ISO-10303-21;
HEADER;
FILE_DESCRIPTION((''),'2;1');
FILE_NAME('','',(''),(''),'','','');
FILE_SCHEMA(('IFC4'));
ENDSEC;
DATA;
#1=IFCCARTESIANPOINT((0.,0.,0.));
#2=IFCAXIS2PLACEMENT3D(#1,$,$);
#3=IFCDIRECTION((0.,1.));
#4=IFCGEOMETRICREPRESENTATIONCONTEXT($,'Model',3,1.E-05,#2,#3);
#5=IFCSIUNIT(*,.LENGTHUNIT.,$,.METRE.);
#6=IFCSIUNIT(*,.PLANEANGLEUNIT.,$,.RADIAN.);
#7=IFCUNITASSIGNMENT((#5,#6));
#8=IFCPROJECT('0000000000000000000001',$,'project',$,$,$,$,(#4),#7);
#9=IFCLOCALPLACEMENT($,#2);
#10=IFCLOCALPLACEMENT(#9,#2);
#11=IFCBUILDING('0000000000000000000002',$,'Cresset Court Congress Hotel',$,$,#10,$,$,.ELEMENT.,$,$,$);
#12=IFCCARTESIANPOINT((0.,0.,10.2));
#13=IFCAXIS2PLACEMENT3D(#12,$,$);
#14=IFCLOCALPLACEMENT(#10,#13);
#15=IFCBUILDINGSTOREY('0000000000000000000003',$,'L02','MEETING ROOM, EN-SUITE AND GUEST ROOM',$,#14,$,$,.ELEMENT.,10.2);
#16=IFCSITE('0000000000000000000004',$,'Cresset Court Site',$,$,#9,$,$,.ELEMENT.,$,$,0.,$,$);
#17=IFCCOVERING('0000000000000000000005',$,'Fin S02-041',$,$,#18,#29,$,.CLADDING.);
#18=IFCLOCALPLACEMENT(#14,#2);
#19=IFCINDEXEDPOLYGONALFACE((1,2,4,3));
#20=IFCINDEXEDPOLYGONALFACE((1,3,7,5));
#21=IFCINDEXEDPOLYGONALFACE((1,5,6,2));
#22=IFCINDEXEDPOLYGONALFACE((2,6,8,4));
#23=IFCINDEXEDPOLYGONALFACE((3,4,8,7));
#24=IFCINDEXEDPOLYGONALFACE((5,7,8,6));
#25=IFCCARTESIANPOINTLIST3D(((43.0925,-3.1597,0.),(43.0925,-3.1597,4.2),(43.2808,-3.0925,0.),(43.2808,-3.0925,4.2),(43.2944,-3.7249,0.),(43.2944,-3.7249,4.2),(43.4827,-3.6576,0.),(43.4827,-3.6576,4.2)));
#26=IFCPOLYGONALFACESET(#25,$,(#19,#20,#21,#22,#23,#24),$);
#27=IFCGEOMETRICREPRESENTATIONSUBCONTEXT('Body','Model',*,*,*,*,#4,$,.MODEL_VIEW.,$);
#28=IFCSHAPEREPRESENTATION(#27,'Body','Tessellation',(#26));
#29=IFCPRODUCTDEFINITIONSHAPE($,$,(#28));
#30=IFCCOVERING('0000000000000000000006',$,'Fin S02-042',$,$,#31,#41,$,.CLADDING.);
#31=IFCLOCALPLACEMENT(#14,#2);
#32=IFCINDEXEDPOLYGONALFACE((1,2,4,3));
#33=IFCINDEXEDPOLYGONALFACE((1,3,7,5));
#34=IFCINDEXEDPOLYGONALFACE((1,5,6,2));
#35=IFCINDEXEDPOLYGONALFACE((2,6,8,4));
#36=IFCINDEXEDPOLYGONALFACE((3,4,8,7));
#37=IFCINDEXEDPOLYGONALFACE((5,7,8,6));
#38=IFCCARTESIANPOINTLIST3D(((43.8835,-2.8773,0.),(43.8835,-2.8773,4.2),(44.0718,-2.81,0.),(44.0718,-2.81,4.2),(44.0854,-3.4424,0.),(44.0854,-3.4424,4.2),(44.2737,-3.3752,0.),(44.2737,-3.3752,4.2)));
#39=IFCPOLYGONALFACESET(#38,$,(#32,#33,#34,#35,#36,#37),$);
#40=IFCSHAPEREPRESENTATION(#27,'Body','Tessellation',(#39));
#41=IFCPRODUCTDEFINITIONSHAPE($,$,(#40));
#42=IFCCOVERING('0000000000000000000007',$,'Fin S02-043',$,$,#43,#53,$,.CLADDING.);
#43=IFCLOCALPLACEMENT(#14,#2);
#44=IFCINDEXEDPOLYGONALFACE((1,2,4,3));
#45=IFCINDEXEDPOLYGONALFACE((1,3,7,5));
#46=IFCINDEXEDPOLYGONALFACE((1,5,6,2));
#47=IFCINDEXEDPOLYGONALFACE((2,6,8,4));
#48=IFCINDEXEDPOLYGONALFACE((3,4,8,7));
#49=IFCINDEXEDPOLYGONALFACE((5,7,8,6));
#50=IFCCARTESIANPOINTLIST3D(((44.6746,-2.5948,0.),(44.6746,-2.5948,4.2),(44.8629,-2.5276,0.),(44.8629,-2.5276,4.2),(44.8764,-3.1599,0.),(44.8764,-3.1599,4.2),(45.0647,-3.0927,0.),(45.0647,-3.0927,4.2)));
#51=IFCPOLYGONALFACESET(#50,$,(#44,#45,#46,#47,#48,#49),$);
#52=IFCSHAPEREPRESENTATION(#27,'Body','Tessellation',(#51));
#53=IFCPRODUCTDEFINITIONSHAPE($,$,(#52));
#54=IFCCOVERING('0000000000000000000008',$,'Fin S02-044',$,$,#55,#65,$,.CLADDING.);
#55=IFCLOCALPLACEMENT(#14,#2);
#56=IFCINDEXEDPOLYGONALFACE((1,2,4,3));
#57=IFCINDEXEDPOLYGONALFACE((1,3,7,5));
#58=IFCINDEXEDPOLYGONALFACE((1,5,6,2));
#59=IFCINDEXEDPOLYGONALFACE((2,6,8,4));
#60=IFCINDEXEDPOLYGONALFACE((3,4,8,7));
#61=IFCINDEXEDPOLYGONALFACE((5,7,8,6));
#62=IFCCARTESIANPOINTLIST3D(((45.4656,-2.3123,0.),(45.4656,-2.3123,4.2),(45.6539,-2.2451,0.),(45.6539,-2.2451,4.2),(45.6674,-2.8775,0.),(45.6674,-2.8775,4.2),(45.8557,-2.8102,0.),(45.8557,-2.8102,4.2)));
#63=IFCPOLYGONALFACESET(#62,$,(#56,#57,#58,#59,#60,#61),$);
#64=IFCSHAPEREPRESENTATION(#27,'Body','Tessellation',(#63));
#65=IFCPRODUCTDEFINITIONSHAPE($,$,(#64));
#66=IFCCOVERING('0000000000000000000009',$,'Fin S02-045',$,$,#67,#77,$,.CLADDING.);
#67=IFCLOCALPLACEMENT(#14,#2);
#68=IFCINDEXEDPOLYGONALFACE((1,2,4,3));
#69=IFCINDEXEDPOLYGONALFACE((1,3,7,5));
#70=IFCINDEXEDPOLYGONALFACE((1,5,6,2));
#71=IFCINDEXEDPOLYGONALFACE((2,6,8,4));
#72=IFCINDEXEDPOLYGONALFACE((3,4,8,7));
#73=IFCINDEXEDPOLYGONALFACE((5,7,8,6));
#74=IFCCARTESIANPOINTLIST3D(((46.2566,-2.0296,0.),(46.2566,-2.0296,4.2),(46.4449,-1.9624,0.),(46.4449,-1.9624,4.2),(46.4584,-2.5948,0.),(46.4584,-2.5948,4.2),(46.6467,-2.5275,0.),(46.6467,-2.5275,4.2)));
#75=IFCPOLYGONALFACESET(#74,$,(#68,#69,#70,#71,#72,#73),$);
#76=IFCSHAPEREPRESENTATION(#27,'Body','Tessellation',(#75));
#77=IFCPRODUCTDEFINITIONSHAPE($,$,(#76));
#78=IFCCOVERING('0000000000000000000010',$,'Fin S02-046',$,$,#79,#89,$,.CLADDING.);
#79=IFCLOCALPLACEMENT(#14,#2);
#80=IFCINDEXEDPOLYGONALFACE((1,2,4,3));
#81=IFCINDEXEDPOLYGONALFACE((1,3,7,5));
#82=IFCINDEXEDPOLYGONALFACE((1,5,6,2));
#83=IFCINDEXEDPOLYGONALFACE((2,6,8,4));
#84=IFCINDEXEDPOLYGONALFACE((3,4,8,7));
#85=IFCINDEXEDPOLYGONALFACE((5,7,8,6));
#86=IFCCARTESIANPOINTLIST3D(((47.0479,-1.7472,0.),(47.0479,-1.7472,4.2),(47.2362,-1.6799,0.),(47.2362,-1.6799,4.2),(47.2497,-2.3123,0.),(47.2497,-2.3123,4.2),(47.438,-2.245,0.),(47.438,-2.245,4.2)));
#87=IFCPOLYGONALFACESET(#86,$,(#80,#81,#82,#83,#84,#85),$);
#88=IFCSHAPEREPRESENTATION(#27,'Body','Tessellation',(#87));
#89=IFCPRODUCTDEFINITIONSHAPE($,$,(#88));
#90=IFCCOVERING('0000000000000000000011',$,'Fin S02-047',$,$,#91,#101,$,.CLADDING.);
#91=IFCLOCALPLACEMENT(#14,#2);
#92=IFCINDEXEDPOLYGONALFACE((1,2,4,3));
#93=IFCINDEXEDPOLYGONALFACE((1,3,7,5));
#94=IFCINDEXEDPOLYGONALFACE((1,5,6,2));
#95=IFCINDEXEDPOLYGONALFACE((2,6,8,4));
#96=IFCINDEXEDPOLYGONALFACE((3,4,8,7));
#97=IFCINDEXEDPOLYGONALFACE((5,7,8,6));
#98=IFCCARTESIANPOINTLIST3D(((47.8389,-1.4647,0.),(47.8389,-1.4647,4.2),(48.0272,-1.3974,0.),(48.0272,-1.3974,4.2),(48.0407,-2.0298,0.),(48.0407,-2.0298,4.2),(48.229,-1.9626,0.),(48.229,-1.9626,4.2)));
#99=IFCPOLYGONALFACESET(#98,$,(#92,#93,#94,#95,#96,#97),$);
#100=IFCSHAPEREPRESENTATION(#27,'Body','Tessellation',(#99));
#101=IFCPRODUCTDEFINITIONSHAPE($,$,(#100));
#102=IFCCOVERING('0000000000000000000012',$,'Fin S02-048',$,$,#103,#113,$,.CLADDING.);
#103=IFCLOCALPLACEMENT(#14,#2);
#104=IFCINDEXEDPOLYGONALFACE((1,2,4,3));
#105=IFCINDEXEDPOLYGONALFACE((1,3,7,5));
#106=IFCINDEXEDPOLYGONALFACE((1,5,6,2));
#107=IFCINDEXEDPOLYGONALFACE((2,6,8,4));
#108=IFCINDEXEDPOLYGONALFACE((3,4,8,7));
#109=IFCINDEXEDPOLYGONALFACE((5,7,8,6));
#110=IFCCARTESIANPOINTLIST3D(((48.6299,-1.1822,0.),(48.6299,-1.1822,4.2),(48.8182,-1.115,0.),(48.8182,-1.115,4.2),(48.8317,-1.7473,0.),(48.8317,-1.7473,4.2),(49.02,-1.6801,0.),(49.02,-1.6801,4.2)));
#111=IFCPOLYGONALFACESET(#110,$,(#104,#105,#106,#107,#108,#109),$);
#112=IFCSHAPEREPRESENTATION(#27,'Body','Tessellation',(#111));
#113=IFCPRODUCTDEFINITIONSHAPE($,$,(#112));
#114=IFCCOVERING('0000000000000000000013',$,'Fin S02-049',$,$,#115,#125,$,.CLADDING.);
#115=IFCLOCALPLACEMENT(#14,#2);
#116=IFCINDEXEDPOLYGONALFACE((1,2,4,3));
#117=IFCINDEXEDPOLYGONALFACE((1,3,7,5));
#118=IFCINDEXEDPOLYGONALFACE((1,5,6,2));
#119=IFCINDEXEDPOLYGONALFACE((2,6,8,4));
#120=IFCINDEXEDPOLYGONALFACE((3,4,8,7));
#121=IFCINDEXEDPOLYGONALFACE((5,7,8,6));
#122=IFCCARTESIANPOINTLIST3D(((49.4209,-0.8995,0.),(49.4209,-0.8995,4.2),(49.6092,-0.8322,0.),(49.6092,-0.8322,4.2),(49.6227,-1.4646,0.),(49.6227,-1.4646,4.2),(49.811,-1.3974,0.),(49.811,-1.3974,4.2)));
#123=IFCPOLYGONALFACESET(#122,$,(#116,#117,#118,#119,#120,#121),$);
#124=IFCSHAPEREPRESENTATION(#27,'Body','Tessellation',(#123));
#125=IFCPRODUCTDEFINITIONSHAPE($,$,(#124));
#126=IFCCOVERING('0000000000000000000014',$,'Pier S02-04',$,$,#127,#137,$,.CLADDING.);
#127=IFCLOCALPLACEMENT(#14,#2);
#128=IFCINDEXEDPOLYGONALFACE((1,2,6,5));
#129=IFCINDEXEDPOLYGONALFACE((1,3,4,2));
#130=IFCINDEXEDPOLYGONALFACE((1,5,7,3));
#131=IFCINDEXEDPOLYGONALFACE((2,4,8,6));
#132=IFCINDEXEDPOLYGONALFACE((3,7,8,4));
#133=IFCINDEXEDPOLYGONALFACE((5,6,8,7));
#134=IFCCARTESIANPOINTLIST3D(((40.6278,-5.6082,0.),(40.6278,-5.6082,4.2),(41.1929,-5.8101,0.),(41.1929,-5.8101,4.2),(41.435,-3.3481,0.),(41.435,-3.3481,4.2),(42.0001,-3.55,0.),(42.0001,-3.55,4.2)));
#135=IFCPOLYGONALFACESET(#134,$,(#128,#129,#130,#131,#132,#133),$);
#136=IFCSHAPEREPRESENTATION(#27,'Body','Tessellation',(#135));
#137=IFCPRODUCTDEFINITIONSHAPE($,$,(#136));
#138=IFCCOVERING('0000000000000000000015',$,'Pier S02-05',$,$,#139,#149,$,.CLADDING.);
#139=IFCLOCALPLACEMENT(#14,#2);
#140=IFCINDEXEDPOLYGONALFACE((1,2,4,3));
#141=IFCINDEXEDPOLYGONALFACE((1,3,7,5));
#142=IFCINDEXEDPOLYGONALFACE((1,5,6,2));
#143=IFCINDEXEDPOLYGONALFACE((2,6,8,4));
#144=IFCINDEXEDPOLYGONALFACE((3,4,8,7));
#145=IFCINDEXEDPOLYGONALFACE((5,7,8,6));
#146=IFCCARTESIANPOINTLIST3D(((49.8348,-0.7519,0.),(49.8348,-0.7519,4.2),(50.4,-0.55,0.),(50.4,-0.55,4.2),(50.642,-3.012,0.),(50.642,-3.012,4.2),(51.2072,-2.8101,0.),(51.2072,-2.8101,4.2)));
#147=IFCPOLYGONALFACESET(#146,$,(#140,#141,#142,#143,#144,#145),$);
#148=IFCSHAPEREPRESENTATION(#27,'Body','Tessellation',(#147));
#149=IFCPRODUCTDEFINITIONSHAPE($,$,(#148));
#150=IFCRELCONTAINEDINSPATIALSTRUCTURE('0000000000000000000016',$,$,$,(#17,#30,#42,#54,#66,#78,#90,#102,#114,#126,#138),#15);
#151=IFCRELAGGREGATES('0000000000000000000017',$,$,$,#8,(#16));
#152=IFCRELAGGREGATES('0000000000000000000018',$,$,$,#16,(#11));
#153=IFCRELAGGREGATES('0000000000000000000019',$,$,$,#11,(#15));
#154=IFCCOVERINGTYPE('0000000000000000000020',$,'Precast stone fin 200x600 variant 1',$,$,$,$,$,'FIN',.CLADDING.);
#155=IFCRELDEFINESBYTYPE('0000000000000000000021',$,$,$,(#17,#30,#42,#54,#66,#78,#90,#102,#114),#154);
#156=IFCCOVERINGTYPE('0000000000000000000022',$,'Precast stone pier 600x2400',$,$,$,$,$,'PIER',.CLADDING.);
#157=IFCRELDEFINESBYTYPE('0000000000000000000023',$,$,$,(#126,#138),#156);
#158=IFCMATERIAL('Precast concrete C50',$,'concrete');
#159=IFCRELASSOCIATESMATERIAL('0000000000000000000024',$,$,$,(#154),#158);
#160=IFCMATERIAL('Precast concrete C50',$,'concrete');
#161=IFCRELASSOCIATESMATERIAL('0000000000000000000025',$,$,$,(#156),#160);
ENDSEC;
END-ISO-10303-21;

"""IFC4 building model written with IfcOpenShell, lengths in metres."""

from ifc_helpers import new_model, si_unit, direction, frame, origin, origin_2d, place, context, subcontext, project, spatial, rectangle, extrude, material, type_object, element, save


model = new_model("IFC4")

# Units and contexts
model_context = context("Model", 3, precision=1e-05, world=origin(), true_north=direction((0.0, 1.0)))
body_context = subcontext(model_context, "Body", "Model", "MODEL_VIEW")
ifc_project = project(units=[si_unit("LENGTHUNIT", "METRE"), si_unit("PLANEANGLEUNIT", "RADIAN")], contexts=[model_context])

# Site, building, storey
site_placement = place(None, origin())
site = spatial("IfcSite", under=ifc_project, at=site_placement, Name="Cresset Court Site", CompositionType="ELEMENT", RefElevation=0.0)
building_placement = place(site_placement, origin())
building = spatial("IfcBuilding", under=site, at=building_placement, Name="Cresset Court Congress Hotel", CompositionType="ELEMENT")
storey_placement = place(building_placement, frame((0.0, 0.0, 10.2)))
storey = spatial("IfcBuildingStorey", under=building, at=storey_placement, Name="L02", Description="MEETING ROOM, EN-SUITE AND GUEST ROOM", CompositionType="ELEMENT", Elevation=10.2)

# Coverings
ifc_material_1 = material(Name="Precast concrete C50", Category="concrete")
covering_type_1 = type_object("IfcCoveringType", Name="Precast stone fin 200x600 variant 1", ElementType="FIN", PredefinedType="CLADDING", material=ifc_material_1)
for number, where, z_axis, x_axis, name in (
    (1, (43.2876, -3.4087, 0.0), (0.0, 0.0, 1.0), (0.941742, 0.336336, 0.0), "Fin S02-041"),
    (2, (44.0786, -3.1262, 0.0), (0.0, 0.0, 1.0), (0.941742, 0.336336, 0.0), "Fin S02-042"),
    (3, (44.8696, -2.8438, 0.0), (0.0, 0.0, 1.0), (0.941742, 0.336336, 0.0), "Fin S02-043"),
    (4, (45.6606, -2.5613, 0.0), (0.0, 0.0, 1.0), (0.941742, 0.336336, 0.0), "Fin S02-044"),
    (5, (46.4517, -2.2786, 0.0), (0.0, 0.0, 1.0), (0.941742, 0.336336, 0.0), "Fin S02-045"),
    (6, (47.2429, -1.9961, 0.0), (0.0, 0.0, 1.0), (0.941742, 0.336336, 0.0), "Fin S02-046"),
    (7, (48.0339, -1.7136, 0.0), (0.0, 0.0, 1.0), (0.941742, 0.336336, 0.0), "Fin S02-047"),
    (8, (48.825, -1.4312, 0.0), (0.0, 0.0, 1.0), (0.941742, 0.336336, 0.0), "Fin S02-048"),
    (9, (49.616, -1.1484, 0.0), (0.0, 0.0, 1.0), (0.941742, 0.336336, 0.0), "Fin S02-049"),
):
    element("IfcCovering", number, at=place(storey_placement, frame(where, z_axis=z_axis, x_axis=x_axis)), inside=storey, type_object=covering_type_1, Name=name, PredefinedType="CLADDING", context=body_context, shape_type="SweptSolid", body=[
        extrude(rectangle(XDim=0.2, YDim=0.6001, at=origin_2d()), origin(), (0.0, 0.0, 1.0), 4.2),
    ])
ifc_material_2 = material(Name="Precast concrete C50", Category="concrete")
covering_type_2 = type_object("IfcCoveringType", Name="Precast stone pier 600x2400", ElementType="PIER", PredefinedType="CLADDING", material=ifc_material_2)
for number, where, z_axis, x_axis, name in (
    (10, (41.314, -4.5791, 0.0), (0.0, 0.0, 1.0), (0.941742, -0.336336, 0.0), "Pier S02-04"),
    (11, (50.521, -1.781, 0.0), (0.0, 0.0, 1.0), (0.941742, 0.336336, 0.0), "Pier S02-05"),
):
    element("IfcCovering", number, at=place(storey_placement, frame(where, z_axis=z_axis, x_axis=x_axis)), inside=storey, type_object=covering_type_2, Name=name, PredefinedType="CLADDING", context=body_context, shape_type="SweptSolid", body=[
        extrude(rectangle(XDim=0.6001, YDim=2.3999, at=origin_2d()), origin(), (0.0, 0.0, 1.0), 4.2),
    ])

save(model, "model.ifc")
